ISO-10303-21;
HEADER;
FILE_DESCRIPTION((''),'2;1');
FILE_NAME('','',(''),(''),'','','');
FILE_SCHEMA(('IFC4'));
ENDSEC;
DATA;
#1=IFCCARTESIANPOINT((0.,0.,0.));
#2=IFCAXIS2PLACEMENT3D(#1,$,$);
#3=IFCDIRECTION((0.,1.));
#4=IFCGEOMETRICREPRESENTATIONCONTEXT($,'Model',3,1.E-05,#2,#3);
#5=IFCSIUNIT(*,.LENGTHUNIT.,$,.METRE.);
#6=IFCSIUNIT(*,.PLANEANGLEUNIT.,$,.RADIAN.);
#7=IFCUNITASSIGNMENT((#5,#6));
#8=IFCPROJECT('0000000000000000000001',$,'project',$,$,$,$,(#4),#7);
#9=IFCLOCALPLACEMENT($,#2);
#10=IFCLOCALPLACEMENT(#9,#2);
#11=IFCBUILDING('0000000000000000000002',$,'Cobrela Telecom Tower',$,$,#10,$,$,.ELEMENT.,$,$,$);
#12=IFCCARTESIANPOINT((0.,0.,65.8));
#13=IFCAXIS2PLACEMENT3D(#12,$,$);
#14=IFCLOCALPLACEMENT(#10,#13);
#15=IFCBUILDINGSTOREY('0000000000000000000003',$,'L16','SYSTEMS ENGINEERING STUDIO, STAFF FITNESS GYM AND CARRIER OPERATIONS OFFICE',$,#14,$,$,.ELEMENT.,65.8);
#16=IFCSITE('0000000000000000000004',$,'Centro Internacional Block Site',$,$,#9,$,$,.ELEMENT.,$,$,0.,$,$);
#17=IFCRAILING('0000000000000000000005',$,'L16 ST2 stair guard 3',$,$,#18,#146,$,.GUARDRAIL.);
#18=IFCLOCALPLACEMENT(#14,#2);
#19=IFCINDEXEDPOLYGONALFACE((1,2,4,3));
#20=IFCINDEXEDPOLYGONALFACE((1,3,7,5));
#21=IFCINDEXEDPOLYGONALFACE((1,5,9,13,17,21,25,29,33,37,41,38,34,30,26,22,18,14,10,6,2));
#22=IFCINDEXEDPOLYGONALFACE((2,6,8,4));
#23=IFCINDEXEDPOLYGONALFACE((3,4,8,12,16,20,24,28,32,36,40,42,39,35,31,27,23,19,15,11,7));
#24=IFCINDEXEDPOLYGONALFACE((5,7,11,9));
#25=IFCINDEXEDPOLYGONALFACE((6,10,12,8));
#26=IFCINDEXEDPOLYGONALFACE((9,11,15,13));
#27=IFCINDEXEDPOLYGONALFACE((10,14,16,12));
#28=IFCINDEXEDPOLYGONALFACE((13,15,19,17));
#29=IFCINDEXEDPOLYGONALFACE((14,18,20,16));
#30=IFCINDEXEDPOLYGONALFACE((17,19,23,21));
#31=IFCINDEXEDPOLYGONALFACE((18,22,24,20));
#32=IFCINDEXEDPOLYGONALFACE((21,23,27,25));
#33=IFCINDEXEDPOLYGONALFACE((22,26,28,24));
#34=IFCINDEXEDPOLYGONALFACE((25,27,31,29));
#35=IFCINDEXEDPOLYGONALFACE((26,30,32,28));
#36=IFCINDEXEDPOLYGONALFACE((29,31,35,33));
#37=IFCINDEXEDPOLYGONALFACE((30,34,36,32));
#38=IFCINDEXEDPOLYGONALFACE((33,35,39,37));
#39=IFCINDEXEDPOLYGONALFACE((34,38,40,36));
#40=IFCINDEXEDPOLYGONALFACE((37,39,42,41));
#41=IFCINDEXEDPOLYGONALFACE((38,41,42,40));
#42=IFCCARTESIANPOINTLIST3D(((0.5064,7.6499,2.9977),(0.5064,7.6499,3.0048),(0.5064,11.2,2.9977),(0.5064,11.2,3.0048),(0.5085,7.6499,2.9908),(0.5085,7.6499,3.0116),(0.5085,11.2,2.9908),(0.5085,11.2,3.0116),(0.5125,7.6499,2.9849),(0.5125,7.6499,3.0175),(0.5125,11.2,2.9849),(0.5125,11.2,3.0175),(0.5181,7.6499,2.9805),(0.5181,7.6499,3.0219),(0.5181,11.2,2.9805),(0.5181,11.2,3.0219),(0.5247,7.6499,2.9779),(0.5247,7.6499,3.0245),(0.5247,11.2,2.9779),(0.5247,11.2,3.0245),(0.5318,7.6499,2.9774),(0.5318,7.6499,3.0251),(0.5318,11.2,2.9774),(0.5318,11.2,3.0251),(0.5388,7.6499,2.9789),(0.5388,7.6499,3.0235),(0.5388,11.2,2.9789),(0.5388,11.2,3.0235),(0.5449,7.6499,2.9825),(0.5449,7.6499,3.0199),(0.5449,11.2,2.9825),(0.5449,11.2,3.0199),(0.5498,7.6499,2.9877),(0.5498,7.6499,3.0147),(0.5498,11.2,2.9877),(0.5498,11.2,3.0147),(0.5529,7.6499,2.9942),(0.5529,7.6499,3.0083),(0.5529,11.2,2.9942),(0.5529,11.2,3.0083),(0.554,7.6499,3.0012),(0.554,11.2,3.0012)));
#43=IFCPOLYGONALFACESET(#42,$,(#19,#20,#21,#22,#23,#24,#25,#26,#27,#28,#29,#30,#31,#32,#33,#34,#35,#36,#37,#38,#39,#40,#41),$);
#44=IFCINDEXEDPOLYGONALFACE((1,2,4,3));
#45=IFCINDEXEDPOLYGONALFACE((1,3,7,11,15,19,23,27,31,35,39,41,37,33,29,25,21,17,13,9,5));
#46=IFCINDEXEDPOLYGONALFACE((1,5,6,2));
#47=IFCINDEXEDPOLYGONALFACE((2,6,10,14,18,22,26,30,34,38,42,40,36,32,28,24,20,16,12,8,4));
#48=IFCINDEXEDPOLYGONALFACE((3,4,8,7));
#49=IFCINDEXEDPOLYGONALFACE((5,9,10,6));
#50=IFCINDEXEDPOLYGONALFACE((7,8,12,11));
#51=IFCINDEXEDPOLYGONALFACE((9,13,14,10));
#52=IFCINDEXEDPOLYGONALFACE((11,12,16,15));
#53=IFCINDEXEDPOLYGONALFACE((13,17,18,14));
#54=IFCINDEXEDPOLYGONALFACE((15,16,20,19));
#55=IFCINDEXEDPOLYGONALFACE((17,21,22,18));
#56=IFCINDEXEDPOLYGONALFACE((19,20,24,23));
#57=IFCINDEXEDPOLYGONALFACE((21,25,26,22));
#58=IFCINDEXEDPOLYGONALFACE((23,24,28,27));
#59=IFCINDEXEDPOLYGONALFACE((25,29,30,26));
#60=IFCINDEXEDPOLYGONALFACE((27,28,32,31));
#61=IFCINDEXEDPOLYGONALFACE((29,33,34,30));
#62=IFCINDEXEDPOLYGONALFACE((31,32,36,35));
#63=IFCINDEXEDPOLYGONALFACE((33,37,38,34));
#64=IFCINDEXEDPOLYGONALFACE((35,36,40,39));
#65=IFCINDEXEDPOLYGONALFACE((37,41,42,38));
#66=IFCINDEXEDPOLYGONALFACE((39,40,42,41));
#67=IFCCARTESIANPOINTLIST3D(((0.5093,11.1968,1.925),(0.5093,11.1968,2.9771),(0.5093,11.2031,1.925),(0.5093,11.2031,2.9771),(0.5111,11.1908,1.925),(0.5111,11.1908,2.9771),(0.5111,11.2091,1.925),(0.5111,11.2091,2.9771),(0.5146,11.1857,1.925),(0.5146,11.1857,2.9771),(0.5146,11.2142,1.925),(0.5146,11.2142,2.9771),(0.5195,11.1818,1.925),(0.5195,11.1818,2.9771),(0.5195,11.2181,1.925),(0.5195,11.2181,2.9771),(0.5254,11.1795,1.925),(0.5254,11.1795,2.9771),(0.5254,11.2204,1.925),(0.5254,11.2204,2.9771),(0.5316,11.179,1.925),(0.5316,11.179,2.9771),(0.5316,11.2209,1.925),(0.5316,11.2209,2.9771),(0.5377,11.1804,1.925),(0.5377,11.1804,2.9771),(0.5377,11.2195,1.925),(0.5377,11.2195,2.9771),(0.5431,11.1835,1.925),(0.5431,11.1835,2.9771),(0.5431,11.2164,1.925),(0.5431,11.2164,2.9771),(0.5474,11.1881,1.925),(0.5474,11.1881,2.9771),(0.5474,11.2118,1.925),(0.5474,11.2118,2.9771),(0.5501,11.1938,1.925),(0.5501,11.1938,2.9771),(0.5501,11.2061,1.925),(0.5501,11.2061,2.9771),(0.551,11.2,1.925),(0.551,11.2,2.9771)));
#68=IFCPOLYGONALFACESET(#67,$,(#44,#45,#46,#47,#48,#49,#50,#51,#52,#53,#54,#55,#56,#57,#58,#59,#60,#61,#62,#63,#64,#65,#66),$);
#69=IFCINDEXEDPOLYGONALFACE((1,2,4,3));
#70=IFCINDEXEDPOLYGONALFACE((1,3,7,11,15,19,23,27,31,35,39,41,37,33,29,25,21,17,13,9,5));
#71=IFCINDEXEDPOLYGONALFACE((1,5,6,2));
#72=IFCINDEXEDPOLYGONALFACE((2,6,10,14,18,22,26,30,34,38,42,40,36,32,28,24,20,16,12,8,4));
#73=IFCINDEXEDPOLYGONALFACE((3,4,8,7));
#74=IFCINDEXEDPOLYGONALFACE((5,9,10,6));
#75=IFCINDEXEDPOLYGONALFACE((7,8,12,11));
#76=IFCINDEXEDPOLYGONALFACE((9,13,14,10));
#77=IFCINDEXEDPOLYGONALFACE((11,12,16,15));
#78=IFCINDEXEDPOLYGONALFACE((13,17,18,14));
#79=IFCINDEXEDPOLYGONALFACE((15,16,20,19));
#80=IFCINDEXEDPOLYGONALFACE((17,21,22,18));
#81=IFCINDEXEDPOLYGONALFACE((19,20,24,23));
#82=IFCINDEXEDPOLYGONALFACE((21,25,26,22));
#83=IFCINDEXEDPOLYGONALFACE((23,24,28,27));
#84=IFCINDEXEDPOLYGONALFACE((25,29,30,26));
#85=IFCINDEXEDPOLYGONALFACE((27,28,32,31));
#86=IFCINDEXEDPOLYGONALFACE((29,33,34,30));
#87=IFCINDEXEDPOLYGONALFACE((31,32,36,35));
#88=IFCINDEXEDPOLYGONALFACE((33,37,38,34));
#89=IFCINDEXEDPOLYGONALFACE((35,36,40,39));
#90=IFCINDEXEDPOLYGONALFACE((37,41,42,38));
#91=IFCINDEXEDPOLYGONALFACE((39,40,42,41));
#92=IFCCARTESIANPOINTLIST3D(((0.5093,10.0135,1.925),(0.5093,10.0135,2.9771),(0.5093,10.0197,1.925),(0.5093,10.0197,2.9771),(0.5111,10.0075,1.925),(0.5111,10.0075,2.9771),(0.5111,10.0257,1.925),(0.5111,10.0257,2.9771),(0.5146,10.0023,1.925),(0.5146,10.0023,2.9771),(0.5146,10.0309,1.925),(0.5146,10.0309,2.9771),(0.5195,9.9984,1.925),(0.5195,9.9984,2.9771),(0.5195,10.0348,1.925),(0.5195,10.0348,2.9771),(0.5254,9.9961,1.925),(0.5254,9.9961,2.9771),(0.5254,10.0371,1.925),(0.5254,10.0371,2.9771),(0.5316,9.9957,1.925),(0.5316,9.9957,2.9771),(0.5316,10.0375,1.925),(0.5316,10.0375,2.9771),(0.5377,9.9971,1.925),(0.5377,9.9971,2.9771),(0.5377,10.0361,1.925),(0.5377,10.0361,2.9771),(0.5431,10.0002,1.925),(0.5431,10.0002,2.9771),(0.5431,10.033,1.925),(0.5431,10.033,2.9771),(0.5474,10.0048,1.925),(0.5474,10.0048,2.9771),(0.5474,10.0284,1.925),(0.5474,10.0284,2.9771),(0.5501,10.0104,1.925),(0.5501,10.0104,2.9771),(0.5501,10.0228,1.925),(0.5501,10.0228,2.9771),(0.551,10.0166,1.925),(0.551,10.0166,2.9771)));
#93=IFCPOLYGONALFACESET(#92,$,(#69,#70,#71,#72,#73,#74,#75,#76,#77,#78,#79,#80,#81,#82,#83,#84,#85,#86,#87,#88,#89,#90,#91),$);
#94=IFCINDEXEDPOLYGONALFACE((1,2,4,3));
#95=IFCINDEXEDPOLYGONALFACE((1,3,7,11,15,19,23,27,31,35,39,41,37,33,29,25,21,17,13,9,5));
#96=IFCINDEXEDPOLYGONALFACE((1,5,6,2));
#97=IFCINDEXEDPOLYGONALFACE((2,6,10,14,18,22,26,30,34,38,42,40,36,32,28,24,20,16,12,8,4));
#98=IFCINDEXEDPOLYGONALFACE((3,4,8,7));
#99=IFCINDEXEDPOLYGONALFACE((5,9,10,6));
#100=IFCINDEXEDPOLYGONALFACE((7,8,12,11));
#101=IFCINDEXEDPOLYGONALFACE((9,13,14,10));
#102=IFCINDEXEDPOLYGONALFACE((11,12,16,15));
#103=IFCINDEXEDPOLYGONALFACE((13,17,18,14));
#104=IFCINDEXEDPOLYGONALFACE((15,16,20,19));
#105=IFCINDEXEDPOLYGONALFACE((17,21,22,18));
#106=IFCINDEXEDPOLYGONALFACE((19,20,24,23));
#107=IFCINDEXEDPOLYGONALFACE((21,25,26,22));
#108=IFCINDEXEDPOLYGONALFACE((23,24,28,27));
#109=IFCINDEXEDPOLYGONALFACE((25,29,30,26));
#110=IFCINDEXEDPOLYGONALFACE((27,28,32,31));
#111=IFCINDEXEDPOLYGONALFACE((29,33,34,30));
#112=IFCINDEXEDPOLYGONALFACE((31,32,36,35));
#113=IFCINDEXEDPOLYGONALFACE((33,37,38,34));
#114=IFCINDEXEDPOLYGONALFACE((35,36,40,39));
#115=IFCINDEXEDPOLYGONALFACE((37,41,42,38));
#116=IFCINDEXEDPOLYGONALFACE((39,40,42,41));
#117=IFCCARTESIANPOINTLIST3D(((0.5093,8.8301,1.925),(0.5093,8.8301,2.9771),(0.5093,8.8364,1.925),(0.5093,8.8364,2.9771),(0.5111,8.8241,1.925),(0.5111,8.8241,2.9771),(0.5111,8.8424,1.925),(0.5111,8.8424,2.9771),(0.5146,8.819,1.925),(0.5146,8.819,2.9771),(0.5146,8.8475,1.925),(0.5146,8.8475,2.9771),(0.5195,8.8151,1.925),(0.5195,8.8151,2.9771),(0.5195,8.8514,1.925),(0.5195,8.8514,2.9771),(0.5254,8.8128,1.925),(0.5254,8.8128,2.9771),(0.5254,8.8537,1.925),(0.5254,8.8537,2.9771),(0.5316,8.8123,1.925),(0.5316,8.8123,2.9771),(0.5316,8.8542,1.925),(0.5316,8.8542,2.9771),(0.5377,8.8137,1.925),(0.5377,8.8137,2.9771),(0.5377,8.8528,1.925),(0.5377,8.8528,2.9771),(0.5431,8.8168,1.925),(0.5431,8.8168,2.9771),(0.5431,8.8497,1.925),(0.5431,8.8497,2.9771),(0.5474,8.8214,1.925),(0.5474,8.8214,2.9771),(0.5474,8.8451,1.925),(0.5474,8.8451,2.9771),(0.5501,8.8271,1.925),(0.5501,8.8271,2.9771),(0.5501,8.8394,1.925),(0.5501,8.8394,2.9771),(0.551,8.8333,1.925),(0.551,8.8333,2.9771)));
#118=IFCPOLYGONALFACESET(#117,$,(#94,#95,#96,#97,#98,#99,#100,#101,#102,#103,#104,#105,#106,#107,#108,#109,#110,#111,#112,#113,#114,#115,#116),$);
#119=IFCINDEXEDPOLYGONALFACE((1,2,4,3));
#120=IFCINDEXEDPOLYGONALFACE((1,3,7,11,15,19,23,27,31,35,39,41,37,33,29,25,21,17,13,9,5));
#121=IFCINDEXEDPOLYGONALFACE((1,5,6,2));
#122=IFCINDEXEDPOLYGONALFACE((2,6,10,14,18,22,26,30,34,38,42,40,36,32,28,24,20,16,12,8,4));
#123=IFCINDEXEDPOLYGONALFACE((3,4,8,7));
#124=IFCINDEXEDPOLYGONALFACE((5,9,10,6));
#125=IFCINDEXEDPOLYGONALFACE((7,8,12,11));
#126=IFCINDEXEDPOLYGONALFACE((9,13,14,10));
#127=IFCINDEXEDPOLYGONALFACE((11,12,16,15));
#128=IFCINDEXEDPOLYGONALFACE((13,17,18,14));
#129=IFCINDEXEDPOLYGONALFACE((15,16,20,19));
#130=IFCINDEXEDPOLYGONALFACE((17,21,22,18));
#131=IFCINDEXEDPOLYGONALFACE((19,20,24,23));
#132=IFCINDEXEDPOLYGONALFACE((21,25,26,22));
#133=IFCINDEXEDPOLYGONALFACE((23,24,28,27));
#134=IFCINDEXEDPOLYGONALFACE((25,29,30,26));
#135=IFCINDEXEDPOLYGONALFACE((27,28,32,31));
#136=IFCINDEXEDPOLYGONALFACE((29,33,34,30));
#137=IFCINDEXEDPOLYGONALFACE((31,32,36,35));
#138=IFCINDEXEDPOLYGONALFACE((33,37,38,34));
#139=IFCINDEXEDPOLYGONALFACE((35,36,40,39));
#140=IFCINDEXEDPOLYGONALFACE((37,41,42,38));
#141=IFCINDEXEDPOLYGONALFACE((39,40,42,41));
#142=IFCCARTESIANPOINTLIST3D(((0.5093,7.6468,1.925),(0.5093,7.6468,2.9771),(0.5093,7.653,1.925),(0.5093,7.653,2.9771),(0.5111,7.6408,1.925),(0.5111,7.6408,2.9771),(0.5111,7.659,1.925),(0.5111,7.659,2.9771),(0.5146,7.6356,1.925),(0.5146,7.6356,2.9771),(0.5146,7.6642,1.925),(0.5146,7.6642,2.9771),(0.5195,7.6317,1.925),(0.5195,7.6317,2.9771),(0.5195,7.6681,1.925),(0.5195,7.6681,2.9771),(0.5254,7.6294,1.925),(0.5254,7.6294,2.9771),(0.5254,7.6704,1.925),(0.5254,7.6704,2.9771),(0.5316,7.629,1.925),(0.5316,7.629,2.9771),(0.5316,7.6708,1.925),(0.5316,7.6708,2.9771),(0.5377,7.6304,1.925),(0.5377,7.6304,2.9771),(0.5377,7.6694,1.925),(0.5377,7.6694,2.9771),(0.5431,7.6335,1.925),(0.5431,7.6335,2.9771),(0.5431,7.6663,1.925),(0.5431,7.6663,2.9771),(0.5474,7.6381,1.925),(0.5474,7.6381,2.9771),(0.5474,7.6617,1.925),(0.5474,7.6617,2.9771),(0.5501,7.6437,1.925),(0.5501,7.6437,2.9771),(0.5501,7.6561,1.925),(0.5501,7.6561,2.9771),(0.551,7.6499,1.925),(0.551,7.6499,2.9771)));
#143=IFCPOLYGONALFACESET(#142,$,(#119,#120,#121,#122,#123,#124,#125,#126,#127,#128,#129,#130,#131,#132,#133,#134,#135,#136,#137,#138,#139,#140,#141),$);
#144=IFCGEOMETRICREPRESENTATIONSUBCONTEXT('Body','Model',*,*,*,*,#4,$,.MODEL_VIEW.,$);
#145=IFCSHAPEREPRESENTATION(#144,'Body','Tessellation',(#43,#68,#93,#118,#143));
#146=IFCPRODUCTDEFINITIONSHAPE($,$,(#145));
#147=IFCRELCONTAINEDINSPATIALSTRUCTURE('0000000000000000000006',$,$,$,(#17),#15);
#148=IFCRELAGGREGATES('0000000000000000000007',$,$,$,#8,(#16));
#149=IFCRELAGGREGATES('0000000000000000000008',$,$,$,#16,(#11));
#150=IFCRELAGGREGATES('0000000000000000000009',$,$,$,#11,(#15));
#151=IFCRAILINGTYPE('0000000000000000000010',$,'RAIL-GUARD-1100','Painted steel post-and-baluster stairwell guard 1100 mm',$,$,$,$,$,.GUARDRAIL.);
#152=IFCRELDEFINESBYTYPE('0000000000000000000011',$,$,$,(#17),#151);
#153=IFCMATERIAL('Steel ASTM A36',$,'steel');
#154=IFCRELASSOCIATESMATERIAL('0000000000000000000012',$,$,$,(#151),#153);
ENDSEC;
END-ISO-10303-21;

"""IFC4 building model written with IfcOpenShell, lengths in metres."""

from ifc_helpers import new_model, si_unit, direction, frame, origin, origin_2d, place, context, subcontext, project, spatial, circle, extrude, material, type_object, element, save


model = new_model("IFC4")

# Units and contexts
model_context = context("Model", 3, precision=1e-05, world=origin(), true_north=direction((0.0, 1.0)))
body_context = subcontext(model_context, "Body", "Model", "MODEL_VIEW")
ifc_project = project(units=[si_unit("LENGTHUNIT", "METRE"), si_unit("PLANEANGLEUNIT", "RADIAN")], contexts=[model_context])

# Site, building, storey
site_placement = place(None, origin())
site = spatial("IfcSite", under=ifc_project, at=site_placement, Name="Centro Internacional Block Site", CompositionType="ELEMENT", RefElevation=0.0)
building_placement = place(site_placement, origin())
building = spatial("IfcBuilding", under=site, at=building_placement, Name="Cobrela Telecom Tower", CompositionType="ELEMENT")
storey_placement = place(building_placement, frame((0.0, 0.0, 65.8)))
storey = spatial("IfcBuildingStorey", under=building, at=storey_placement, Name="L16", Description="SYSTEMS ENGINEERING STUDIO, STAFF FITNESS GYM AND CARRIER OPERATIONS OFFICE", CompositionType="ELEMENT", Elevation=65.8)

# Railing
ifc_material_1 = material(Name="Steel ASTM A36", Category="steel")
railing_type_1 = type_object("IfcRailingType", Name="RAIL-GUARD-1100", Description="Painted steel post-and-baluster stairwell guard 1100 mm", PredefinedType="GUARDRAIL", material=ifc_material_1)
railing_1_placement = place(storey_placement, frame((0.53, 11.2, 1.925)))
element("IfcRailing", 1, at=railing_1_placement, inside=storey, type_object=railing_type_1, Name="L16 ST2 stair guard 3", PredefinedType="GUARDRAIL", context=body_context, shape_type="SweptSolid", body=[
    extrude(circle(Radius=0.0239, at=origin_2d()), frame((0.0, 0.0, 1.0762), z_axis=(0.0, -1.0, 0.0), x_axis=(1.0, 0.0, 0.0)), (0.0, 0.0, 1.0), 3.55),
    extrude(circle(Radius=0.021, at=origin_2d()), origin(), (0.0, 0.0, 1.0), 1.052),
    extrude(circle(Radius=0.021, at=origin_2d()), frame((0.0, -1.1833, 0.0)), (0.0, 0.0, 1.0), 1.052),
    extrude(circle(Radius=0.021, at=origin_2d()), frame((0.0, -2.3667, 0.0)), (0.0, 0.0, 1.0), 1.052),
    extrude(circle(Radius=0.021, at=origin_2d()), frame((0.0, -3.55, 0.0)), (0.0, 0.0, 1.0), 1.052),
])

save(model, "model.ifc")
